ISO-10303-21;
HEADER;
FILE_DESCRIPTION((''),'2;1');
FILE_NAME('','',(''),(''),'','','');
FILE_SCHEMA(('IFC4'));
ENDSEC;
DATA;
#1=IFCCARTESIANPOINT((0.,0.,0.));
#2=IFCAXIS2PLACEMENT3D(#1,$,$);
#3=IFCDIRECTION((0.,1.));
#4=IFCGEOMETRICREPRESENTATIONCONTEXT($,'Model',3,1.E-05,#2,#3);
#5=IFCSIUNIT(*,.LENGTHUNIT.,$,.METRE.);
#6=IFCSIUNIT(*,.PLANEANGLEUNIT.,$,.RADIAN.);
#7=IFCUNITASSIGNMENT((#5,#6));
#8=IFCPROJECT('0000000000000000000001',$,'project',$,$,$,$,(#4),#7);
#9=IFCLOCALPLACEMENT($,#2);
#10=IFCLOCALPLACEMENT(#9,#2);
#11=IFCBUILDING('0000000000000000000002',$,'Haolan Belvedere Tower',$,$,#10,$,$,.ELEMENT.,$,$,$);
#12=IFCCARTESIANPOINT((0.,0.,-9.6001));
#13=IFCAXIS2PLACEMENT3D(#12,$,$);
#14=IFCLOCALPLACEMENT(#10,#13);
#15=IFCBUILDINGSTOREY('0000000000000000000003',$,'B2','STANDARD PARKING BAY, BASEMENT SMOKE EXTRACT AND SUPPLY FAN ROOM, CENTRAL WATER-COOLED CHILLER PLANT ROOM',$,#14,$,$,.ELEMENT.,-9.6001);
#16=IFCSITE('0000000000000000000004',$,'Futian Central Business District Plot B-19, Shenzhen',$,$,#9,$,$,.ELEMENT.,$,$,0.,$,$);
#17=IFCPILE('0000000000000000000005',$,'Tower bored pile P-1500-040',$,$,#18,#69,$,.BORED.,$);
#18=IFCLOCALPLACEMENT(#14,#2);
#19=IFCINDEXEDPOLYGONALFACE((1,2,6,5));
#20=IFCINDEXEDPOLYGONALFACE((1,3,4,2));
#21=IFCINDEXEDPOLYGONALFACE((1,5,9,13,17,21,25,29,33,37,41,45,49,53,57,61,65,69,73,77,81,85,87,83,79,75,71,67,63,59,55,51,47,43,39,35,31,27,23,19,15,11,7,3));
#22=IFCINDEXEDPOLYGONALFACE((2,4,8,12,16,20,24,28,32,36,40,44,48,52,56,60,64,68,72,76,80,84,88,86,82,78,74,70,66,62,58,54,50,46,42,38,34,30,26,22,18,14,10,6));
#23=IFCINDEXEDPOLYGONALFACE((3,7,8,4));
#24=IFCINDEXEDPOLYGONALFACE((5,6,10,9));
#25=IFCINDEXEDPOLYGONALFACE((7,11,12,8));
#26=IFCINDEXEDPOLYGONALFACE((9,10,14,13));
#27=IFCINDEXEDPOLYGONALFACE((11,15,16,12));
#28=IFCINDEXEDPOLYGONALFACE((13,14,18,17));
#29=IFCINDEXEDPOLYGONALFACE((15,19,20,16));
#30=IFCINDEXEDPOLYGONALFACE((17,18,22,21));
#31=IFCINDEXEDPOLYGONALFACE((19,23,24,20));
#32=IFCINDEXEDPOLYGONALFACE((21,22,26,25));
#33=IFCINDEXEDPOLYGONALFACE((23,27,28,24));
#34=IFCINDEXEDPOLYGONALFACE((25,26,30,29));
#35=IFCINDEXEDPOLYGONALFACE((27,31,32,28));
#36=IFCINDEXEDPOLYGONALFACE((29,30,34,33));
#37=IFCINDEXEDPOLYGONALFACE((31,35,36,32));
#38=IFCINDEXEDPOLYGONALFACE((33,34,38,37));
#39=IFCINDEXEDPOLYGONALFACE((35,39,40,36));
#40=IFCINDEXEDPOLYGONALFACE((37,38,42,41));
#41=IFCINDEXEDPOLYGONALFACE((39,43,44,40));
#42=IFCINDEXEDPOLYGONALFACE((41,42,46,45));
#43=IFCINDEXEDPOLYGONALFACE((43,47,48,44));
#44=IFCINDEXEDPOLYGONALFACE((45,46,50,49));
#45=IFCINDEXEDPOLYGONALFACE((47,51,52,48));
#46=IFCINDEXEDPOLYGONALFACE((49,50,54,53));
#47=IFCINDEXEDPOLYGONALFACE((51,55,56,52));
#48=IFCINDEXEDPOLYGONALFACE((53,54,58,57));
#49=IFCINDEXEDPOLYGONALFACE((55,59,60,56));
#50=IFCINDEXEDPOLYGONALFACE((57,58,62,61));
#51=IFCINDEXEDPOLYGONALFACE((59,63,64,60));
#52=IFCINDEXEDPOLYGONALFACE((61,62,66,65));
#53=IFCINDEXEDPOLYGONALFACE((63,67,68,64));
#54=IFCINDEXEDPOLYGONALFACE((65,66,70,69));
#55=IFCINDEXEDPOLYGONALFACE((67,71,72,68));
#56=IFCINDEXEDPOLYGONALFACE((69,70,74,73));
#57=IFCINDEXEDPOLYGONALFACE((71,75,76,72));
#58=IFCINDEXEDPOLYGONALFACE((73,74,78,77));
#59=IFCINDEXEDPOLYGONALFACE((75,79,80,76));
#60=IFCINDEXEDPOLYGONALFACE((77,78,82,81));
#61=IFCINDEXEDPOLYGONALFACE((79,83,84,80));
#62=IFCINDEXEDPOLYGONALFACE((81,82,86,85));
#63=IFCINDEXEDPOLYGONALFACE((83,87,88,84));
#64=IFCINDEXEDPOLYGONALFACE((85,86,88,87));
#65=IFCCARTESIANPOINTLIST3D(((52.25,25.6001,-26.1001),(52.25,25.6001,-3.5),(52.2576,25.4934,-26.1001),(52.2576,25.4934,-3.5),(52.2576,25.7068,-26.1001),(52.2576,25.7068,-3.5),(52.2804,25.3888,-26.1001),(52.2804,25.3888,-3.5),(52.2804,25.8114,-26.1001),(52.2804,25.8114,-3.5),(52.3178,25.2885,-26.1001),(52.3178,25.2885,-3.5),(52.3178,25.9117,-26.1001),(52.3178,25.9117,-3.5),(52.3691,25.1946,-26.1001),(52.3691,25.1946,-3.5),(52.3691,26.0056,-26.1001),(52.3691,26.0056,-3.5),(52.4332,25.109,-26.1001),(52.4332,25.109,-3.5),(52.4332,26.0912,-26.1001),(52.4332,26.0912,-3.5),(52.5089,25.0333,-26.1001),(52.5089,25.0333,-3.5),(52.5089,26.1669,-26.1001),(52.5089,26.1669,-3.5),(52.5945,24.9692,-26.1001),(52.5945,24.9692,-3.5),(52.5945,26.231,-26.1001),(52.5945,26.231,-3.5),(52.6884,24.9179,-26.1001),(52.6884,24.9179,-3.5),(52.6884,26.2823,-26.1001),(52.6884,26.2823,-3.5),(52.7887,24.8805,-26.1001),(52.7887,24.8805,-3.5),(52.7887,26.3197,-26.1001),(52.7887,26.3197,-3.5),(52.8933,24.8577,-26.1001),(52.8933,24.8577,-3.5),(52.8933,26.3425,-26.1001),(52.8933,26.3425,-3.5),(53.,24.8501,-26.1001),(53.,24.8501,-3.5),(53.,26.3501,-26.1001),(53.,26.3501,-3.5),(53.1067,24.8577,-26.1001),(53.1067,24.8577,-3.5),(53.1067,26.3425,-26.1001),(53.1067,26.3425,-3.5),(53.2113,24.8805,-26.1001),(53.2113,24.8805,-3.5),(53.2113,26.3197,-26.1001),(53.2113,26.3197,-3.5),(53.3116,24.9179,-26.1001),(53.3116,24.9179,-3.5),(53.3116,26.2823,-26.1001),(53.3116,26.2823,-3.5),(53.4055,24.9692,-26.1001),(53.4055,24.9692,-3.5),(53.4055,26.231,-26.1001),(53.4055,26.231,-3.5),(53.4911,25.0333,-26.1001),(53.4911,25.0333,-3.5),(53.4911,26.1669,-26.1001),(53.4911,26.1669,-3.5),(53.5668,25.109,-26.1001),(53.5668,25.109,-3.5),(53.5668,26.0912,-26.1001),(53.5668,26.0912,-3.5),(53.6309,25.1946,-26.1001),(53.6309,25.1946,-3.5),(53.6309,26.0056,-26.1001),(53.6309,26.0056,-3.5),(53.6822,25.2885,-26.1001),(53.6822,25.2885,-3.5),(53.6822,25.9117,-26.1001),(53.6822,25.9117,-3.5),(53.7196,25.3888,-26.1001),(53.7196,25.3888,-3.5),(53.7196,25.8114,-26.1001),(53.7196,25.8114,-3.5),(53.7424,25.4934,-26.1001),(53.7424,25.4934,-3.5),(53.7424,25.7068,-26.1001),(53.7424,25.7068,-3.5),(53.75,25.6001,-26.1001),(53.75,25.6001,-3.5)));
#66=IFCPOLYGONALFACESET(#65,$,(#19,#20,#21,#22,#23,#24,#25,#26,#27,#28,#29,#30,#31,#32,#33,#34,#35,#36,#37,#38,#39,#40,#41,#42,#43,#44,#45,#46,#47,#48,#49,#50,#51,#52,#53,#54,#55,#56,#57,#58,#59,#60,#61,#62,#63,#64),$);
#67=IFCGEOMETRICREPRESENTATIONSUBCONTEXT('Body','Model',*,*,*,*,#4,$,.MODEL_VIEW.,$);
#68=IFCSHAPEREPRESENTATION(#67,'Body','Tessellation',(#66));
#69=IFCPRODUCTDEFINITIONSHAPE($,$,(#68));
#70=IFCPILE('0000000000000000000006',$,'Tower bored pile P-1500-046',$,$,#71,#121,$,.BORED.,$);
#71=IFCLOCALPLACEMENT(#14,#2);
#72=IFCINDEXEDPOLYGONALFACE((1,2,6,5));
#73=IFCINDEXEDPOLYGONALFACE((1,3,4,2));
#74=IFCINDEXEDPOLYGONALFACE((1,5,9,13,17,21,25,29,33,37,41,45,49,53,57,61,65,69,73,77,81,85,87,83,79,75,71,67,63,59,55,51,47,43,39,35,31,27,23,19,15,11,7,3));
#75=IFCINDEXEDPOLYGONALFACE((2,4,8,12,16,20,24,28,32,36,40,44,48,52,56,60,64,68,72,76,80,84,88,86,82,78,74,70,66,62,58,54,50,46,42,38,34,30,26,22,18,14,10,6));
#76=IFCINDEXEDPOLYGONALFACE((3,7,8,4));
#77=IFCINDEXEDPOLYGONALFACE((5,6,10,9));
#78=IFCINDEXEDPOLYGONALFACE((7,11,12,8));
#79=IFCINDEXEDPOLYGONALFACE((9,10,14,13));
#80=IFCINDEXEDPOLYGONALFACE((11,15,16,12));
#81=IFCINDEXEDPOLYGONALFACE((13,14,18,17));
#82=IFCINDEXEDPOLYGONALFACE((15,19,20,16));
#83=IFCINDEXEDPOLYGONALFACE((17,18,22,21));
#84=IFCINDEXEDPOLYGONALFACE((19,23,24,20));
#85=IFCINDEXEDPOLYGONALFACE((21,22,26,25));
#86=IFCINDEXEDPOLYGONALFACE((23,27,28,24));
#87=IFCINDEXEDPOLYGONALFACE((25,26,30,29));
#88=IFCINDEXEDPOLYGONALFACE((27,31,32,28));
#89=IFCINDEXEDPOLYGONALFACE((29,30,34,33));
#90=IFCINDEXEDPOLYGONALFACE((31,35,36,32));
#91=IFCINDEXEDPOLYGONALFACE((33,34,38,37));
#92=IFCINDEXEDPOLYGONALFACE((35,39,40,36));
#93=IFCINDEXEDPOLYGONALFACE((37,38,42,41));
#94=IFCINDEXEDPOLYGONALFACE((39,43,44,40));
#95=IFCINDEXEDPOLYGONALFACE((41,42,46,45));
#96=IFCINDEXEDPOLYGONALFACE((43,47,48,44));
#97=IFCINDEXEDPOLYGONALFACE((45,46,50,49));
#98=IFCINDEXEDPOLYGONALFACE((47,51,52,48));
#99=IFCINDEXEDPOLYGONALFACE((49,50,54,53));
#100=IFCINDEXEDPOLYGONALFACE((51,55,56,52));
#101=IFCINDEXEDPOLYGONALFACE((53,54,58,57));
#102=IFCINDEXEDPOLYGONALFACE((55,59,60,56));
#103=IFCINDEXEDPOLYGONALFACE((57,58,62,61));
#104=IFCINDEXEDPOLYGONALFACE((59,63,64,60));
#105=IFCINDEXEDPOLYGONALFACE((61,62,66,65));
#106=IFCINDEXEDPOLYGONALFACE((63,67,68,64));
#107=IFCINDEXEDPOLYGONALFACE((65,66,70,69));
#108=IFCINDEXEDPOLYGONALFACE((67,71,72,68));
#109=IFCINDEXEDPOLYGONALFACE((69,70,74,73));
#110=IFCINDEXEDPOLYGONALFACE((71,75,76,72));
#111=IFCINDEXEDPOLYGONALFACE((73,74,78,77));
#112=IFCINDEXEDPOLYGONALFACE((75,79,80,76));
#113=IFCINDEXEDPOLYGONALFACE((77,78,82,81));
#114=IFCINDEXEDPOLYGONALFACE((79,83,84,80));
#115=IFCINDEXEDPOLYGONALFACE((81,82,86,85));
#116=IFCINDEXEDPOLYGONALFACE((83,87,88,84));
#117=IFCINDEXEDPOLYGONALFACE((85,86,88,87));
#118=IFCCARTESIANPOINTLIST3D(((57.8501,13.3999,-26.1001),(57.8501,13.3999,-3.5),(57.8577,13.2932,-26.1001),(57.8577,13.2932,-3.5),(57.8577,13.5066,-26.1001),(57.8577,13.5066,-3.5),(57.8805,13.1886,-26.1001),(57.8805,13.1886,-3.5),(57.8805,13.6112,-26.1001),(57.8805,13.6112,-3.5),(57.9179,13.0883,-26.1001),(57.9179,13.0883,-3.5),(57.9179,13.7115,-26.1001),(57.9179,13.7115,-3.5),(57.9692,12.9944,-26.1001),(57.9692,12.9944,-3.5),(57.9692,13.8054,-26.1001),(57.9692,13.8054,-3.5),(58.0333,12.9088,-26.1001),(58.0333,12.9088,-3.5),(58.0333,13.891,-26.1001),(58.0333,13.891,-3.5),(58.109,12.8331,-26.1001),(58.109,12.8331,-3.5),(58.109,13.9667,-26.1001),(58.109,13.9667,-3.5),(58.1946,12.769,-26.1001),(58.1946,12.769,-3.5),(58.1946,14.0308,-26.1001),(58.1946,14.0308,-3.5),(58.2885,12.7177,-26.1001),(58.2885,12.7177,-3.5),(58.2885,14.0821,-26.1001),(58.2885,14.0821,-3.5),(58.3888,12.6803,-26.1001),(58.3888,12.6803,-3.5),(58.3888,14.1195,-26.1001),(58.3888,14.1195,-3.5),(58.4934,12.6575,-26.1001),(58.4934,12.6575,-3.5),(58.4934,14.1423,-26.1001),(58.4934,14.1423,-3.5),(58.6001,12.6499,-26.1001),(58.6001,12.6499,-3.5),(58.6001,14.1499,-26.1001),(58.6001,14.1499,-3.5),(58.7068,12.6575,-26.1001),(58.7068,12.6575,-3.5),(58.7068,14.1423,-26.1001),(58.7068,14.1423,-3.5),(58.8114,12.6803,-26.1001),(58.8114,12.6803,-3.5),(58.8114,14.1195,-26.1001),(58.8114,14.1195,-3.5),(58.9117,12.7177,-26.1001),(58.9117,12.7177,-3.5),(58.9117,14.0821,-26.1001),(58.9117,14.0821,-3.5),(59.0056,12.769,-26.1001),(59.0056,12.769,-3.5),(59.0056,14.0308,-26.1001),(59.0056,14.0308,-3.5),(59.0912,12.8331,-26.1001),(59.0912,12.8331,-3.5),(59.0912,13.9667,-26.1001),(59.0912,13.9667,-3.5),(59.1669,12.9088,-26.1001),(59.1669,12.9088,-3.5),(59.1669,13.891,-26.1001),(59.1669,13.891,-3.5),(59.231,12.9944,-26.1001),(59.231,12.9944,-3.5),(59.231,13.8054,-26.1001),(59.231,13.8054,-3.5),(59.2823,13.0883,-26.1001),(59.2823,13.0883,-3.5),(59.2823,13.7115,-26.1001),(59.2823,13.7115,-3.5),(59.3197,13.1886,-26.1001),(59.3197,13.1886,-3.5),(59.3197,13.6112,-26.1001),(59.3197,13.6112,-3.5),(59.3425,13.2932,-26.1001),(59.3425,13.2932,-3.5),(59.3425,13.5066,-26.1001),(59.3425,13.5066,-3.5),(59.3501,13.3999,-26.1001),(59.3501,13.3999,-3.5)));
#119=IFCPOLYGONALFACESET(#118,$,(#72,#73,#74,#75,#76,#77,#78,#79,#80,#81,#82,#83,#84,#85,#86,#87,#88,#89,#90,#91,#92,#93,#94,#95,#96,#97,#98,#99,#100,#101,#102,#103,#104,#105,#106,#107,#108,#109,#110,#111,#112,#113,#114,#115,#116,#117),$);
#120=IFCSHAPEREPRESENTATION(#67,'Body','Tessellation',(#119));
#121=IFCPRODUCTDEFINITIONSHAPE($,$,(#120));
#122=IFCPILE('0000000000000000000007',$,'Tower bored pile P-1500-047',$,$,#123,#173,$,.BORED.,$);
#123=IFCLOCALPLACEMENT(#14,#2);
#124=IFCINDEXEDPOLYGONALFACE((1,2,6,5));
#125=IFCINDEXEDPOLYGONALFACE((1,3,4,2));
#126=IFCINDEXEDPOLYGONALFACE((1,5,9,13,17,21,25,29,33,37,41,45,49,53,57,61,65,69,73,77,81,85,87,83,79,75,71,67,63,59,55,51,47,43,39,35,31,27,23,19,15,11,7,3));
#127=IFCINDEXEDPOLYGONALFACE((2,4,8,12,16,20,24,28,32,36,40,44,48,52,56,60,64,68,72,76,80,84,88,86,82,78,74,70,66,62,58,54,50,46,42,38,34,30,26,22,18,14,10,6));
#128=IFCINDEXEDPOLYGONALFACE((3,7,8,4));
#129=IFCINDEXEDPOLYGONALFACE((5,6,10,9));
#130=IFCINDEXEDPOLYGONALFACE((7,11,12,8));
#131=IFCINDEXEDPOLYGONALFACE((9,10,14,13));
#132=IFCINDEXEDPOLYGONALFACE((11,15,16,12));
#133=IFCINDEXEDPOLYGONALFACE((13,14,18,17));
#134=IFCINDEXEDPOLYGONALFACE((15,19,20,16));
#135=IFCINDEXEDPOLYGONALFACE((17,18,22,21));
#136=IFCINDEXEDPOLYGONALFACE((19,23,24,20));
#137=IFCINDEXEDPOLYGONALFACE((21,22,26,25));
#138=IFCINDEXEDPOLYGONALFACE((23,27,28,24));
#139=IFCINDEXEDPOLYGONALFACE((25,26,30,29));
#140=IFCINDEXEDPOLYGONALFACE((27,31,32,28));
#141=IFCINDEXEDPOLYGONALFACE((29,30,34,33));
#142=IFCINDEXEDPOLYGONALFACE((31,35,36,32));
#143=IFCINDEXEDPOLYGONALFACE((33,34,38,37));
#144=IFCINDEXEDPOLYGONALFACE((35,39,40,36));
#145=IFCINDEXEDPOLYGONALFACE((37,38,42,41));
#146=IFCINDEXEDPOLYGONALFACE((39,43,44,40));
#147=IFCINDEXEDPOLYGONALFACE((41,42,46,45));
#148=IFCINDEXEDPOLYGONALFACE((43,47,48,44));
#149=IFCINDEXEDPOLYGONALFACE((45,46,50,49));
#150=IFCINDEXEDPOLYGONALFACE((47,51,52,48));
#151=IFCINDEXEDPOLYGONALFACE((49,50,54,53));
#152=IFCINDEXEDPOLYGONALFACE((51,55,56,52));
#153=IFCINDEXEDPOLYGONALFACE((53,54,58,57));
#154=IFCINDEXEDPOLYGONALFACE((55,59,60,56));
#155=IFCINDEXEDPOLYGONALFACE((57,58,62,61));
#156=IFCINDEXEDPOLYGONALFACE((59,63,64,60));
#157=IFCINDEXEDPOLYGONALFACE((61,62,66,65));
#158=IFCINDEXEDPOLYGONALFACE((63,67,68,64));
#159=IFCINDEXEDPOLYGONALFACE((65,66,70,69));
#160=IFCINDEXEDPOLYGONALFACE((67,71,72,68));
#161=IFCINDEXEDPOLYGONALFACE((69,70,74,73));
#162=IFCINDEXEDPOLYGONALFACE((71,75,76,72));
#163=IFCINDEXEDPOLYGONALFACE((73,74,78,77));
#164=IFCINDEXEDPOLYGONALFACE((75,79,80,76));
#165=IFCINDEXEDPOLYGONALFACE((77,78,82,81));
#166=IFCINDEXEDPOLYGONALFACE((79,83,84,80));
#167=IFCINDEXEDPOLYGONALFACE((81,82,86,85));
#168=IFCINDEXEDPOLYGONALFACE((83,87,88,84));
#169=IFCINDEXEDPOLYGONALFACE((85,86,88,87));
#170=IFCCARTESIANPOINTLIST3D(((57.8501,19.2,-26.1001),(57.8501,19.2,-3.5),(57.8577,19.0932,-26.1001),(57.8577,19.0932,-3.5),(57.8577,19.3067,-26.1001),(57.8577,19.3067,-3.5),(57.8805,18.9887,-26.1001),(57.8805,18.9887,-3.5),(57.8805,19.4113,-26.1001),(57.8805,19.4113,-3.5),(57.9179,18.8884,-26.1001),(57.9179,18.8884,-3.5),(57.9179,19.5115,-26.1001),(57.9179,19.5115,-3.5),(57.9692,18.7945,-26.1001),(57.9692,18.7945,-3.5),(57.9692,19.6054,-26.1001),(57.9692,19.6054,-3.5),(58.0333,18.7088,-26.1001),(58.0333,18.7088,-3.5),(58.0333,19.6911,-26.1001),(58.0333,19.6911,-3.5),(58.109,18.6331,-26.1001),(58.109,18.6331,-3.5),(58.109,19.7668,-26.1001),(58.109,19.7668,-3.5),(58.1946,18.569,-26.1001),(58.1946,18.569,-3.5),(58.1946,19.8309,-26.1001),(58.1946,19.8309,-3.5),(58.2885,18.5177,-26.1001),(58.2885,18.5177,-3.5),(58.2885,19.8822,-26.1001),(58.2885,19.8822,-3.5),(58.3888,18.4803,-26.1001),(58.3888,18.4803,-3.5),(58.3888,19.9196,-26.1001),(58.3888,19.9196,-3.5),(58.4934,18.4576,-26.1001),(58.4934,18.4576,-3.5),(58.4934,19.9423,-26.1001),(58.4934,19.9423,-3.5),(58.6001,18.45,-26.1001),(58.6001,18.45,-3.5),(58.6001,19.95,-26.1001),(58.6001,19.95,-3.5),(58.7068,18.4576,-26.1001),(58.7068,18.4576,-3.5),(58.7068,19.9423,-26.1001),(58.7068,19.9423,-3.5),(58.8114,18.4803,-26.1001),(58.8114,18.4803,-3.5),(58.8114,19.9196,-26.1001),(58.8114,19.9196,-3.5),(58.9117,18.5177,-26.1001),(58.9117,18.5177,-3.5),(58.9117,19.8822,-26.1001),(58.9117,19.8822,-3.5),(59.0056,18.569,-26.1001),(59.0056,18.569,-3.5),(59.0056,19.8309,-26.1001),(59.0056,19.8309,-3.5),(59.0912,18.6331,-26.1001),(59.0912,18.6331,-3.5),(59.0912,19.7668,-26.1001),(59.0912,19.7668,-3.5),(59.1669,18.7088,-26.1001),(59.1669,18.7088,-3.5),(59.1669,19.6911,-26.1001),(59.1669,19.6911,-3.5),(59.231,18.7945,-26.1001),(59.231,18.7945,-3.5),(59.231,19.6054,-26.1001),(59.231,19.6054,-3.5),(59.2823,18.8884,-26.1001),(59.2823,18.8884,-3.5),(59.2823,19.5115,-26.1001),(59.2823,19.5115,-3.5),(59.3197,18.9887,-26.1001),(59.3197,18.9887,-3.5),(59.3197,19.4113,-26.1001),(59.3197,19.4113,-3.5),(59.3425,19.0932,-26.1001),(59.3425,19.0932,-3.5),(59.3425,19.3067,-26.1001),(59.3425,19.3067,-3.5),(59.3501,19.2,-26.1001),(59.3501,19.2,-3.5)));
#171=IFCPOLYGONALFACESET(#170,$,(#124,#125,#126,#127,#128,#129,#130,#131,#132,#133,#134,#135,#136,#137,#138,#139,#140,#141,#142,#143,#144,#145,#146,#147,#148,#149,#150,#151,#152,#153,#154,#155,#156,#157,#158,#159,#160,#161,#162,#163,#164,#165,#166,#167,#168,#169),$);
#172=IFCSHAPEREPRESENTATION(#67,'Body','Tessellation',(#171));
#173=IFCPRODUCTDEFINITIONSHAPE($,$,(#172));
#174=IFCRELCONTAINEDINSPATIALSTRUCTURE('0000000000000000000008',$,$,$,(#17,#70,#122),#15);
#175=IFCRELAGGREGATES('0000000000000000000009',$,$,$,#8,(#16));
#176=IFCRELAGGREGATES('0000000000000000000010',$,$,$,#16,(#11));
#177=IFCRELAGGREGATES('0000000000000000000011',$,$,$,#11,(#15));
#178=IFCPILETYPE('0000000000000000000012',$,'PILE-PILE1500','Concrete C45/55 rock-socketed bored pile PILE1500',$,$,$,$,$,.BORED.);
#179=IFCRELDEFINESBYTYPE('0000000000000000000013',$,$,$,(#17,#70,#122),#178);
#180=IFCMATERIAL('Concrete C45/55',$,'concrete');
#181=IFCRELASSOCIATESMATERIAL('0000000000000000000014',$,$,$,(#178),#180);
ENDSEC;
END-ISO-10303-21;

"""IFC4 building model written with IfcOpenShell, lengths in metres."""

from ifc_helpers import new_model, si_unit, direction, frame, origin, origin_2d, place, context, subcontext, project, spatial, circle, extrude, material, material_profile, profile_set, type_object, element, save


model = new_model("IFC4")

# Units and contexts
model_context = context("Model", 3, precision=1e-05, world=origin(), true_north=direction((0.0, 1.0)))
body_context = subcontext(model_context, "Body", "Model", "MODEL_VIEW")
ifc_project = project(units=[si_unit("LENGTHUNIT", "METRE"), si_unit("PLANEANGLEUNIT", "RADIAN")], contexts=[model_context])

# Site, building, storey
site_placement = place(None, origin())
site = spatial("IfcSite", under=ifc_project, at=site_placement, Name="Futian Central Business District Plot B-19, Shenzhen", CompositionType="ELEMENT", RefElevation=0.0)
building_placement = place(site_placement, origin())
building = spatial("IfcBuilding", under=site, at=building_placement, Name="Haolan Belvedere Tower", CompositionType="ELEMENT")
storey_placement = place(building_placement, frame((0.0, 0.0, -9.6001)))
storey = spatial("IfcBuildingStorey", under=building, at=storey_placement, Name="B2", Description="STANDARD PARKING BAY, BASEMENT SMOKE EXTRACT AND SUPPLY FAN ROOM, CENTRAL WATER-COOLED CHILLER PLANT ROOM", CompositionType="ELEMENT", Elevation=-9.6001)

# Piles
ifc_material_1 = material(Name="Concrete C45/55", Category="concrete")
ifc_material_profile_1 = material_profile(ifc_material_1, circle(Radius=0.75, at=origin_2d()), Name="Concrete C45/55")
ifc_profile_set_1 = profile_set([ifc_material_profile_1], Name="Concrete C45/55")
pile_type_1 = type_object("IfcPileType", Name="PILE-PILE1500", Description="Concrete C45/55 rock-socketed bored pile PILE1500", PredefinedType="BORED", material=ifc_profile_set_1)
for number, where, z_axis, x_axis, name in (
    (1, (53.0, 25.6001, -3.5), (0.0, 0.0, -1.0), (1.0, 0.0, 0.0), "Tower bored pile P-1500-040"),
    (2, (58.6001, 13.3999, -3.5), (0.0, 0.0, -1.0), (1.0, 0.0, 0.0), "Tower bored pile P-1500-046"),
    (3, (58.6001, 19.2, -3.5), (0.0, 0.0, -1.0), (1.0, 0.0, 0.0), "Tower bored pile P-1500-047"),
):
    element("IfcPile", number, at=place(storey_placement, frame(where, z_axis=z_axis, x_axis=x_axis)), inside=storey, type_object=pile_type_1, Name=name, PredefinedType="BORED", context=body_context, shape_type="SweptSolid", body=[
        extrude(circle(Radius=0.75, at=origin_2d()), origin(), (0.0, 0.0, 1.0), 22.6001),
    ])

save(model, "model.ifc")
